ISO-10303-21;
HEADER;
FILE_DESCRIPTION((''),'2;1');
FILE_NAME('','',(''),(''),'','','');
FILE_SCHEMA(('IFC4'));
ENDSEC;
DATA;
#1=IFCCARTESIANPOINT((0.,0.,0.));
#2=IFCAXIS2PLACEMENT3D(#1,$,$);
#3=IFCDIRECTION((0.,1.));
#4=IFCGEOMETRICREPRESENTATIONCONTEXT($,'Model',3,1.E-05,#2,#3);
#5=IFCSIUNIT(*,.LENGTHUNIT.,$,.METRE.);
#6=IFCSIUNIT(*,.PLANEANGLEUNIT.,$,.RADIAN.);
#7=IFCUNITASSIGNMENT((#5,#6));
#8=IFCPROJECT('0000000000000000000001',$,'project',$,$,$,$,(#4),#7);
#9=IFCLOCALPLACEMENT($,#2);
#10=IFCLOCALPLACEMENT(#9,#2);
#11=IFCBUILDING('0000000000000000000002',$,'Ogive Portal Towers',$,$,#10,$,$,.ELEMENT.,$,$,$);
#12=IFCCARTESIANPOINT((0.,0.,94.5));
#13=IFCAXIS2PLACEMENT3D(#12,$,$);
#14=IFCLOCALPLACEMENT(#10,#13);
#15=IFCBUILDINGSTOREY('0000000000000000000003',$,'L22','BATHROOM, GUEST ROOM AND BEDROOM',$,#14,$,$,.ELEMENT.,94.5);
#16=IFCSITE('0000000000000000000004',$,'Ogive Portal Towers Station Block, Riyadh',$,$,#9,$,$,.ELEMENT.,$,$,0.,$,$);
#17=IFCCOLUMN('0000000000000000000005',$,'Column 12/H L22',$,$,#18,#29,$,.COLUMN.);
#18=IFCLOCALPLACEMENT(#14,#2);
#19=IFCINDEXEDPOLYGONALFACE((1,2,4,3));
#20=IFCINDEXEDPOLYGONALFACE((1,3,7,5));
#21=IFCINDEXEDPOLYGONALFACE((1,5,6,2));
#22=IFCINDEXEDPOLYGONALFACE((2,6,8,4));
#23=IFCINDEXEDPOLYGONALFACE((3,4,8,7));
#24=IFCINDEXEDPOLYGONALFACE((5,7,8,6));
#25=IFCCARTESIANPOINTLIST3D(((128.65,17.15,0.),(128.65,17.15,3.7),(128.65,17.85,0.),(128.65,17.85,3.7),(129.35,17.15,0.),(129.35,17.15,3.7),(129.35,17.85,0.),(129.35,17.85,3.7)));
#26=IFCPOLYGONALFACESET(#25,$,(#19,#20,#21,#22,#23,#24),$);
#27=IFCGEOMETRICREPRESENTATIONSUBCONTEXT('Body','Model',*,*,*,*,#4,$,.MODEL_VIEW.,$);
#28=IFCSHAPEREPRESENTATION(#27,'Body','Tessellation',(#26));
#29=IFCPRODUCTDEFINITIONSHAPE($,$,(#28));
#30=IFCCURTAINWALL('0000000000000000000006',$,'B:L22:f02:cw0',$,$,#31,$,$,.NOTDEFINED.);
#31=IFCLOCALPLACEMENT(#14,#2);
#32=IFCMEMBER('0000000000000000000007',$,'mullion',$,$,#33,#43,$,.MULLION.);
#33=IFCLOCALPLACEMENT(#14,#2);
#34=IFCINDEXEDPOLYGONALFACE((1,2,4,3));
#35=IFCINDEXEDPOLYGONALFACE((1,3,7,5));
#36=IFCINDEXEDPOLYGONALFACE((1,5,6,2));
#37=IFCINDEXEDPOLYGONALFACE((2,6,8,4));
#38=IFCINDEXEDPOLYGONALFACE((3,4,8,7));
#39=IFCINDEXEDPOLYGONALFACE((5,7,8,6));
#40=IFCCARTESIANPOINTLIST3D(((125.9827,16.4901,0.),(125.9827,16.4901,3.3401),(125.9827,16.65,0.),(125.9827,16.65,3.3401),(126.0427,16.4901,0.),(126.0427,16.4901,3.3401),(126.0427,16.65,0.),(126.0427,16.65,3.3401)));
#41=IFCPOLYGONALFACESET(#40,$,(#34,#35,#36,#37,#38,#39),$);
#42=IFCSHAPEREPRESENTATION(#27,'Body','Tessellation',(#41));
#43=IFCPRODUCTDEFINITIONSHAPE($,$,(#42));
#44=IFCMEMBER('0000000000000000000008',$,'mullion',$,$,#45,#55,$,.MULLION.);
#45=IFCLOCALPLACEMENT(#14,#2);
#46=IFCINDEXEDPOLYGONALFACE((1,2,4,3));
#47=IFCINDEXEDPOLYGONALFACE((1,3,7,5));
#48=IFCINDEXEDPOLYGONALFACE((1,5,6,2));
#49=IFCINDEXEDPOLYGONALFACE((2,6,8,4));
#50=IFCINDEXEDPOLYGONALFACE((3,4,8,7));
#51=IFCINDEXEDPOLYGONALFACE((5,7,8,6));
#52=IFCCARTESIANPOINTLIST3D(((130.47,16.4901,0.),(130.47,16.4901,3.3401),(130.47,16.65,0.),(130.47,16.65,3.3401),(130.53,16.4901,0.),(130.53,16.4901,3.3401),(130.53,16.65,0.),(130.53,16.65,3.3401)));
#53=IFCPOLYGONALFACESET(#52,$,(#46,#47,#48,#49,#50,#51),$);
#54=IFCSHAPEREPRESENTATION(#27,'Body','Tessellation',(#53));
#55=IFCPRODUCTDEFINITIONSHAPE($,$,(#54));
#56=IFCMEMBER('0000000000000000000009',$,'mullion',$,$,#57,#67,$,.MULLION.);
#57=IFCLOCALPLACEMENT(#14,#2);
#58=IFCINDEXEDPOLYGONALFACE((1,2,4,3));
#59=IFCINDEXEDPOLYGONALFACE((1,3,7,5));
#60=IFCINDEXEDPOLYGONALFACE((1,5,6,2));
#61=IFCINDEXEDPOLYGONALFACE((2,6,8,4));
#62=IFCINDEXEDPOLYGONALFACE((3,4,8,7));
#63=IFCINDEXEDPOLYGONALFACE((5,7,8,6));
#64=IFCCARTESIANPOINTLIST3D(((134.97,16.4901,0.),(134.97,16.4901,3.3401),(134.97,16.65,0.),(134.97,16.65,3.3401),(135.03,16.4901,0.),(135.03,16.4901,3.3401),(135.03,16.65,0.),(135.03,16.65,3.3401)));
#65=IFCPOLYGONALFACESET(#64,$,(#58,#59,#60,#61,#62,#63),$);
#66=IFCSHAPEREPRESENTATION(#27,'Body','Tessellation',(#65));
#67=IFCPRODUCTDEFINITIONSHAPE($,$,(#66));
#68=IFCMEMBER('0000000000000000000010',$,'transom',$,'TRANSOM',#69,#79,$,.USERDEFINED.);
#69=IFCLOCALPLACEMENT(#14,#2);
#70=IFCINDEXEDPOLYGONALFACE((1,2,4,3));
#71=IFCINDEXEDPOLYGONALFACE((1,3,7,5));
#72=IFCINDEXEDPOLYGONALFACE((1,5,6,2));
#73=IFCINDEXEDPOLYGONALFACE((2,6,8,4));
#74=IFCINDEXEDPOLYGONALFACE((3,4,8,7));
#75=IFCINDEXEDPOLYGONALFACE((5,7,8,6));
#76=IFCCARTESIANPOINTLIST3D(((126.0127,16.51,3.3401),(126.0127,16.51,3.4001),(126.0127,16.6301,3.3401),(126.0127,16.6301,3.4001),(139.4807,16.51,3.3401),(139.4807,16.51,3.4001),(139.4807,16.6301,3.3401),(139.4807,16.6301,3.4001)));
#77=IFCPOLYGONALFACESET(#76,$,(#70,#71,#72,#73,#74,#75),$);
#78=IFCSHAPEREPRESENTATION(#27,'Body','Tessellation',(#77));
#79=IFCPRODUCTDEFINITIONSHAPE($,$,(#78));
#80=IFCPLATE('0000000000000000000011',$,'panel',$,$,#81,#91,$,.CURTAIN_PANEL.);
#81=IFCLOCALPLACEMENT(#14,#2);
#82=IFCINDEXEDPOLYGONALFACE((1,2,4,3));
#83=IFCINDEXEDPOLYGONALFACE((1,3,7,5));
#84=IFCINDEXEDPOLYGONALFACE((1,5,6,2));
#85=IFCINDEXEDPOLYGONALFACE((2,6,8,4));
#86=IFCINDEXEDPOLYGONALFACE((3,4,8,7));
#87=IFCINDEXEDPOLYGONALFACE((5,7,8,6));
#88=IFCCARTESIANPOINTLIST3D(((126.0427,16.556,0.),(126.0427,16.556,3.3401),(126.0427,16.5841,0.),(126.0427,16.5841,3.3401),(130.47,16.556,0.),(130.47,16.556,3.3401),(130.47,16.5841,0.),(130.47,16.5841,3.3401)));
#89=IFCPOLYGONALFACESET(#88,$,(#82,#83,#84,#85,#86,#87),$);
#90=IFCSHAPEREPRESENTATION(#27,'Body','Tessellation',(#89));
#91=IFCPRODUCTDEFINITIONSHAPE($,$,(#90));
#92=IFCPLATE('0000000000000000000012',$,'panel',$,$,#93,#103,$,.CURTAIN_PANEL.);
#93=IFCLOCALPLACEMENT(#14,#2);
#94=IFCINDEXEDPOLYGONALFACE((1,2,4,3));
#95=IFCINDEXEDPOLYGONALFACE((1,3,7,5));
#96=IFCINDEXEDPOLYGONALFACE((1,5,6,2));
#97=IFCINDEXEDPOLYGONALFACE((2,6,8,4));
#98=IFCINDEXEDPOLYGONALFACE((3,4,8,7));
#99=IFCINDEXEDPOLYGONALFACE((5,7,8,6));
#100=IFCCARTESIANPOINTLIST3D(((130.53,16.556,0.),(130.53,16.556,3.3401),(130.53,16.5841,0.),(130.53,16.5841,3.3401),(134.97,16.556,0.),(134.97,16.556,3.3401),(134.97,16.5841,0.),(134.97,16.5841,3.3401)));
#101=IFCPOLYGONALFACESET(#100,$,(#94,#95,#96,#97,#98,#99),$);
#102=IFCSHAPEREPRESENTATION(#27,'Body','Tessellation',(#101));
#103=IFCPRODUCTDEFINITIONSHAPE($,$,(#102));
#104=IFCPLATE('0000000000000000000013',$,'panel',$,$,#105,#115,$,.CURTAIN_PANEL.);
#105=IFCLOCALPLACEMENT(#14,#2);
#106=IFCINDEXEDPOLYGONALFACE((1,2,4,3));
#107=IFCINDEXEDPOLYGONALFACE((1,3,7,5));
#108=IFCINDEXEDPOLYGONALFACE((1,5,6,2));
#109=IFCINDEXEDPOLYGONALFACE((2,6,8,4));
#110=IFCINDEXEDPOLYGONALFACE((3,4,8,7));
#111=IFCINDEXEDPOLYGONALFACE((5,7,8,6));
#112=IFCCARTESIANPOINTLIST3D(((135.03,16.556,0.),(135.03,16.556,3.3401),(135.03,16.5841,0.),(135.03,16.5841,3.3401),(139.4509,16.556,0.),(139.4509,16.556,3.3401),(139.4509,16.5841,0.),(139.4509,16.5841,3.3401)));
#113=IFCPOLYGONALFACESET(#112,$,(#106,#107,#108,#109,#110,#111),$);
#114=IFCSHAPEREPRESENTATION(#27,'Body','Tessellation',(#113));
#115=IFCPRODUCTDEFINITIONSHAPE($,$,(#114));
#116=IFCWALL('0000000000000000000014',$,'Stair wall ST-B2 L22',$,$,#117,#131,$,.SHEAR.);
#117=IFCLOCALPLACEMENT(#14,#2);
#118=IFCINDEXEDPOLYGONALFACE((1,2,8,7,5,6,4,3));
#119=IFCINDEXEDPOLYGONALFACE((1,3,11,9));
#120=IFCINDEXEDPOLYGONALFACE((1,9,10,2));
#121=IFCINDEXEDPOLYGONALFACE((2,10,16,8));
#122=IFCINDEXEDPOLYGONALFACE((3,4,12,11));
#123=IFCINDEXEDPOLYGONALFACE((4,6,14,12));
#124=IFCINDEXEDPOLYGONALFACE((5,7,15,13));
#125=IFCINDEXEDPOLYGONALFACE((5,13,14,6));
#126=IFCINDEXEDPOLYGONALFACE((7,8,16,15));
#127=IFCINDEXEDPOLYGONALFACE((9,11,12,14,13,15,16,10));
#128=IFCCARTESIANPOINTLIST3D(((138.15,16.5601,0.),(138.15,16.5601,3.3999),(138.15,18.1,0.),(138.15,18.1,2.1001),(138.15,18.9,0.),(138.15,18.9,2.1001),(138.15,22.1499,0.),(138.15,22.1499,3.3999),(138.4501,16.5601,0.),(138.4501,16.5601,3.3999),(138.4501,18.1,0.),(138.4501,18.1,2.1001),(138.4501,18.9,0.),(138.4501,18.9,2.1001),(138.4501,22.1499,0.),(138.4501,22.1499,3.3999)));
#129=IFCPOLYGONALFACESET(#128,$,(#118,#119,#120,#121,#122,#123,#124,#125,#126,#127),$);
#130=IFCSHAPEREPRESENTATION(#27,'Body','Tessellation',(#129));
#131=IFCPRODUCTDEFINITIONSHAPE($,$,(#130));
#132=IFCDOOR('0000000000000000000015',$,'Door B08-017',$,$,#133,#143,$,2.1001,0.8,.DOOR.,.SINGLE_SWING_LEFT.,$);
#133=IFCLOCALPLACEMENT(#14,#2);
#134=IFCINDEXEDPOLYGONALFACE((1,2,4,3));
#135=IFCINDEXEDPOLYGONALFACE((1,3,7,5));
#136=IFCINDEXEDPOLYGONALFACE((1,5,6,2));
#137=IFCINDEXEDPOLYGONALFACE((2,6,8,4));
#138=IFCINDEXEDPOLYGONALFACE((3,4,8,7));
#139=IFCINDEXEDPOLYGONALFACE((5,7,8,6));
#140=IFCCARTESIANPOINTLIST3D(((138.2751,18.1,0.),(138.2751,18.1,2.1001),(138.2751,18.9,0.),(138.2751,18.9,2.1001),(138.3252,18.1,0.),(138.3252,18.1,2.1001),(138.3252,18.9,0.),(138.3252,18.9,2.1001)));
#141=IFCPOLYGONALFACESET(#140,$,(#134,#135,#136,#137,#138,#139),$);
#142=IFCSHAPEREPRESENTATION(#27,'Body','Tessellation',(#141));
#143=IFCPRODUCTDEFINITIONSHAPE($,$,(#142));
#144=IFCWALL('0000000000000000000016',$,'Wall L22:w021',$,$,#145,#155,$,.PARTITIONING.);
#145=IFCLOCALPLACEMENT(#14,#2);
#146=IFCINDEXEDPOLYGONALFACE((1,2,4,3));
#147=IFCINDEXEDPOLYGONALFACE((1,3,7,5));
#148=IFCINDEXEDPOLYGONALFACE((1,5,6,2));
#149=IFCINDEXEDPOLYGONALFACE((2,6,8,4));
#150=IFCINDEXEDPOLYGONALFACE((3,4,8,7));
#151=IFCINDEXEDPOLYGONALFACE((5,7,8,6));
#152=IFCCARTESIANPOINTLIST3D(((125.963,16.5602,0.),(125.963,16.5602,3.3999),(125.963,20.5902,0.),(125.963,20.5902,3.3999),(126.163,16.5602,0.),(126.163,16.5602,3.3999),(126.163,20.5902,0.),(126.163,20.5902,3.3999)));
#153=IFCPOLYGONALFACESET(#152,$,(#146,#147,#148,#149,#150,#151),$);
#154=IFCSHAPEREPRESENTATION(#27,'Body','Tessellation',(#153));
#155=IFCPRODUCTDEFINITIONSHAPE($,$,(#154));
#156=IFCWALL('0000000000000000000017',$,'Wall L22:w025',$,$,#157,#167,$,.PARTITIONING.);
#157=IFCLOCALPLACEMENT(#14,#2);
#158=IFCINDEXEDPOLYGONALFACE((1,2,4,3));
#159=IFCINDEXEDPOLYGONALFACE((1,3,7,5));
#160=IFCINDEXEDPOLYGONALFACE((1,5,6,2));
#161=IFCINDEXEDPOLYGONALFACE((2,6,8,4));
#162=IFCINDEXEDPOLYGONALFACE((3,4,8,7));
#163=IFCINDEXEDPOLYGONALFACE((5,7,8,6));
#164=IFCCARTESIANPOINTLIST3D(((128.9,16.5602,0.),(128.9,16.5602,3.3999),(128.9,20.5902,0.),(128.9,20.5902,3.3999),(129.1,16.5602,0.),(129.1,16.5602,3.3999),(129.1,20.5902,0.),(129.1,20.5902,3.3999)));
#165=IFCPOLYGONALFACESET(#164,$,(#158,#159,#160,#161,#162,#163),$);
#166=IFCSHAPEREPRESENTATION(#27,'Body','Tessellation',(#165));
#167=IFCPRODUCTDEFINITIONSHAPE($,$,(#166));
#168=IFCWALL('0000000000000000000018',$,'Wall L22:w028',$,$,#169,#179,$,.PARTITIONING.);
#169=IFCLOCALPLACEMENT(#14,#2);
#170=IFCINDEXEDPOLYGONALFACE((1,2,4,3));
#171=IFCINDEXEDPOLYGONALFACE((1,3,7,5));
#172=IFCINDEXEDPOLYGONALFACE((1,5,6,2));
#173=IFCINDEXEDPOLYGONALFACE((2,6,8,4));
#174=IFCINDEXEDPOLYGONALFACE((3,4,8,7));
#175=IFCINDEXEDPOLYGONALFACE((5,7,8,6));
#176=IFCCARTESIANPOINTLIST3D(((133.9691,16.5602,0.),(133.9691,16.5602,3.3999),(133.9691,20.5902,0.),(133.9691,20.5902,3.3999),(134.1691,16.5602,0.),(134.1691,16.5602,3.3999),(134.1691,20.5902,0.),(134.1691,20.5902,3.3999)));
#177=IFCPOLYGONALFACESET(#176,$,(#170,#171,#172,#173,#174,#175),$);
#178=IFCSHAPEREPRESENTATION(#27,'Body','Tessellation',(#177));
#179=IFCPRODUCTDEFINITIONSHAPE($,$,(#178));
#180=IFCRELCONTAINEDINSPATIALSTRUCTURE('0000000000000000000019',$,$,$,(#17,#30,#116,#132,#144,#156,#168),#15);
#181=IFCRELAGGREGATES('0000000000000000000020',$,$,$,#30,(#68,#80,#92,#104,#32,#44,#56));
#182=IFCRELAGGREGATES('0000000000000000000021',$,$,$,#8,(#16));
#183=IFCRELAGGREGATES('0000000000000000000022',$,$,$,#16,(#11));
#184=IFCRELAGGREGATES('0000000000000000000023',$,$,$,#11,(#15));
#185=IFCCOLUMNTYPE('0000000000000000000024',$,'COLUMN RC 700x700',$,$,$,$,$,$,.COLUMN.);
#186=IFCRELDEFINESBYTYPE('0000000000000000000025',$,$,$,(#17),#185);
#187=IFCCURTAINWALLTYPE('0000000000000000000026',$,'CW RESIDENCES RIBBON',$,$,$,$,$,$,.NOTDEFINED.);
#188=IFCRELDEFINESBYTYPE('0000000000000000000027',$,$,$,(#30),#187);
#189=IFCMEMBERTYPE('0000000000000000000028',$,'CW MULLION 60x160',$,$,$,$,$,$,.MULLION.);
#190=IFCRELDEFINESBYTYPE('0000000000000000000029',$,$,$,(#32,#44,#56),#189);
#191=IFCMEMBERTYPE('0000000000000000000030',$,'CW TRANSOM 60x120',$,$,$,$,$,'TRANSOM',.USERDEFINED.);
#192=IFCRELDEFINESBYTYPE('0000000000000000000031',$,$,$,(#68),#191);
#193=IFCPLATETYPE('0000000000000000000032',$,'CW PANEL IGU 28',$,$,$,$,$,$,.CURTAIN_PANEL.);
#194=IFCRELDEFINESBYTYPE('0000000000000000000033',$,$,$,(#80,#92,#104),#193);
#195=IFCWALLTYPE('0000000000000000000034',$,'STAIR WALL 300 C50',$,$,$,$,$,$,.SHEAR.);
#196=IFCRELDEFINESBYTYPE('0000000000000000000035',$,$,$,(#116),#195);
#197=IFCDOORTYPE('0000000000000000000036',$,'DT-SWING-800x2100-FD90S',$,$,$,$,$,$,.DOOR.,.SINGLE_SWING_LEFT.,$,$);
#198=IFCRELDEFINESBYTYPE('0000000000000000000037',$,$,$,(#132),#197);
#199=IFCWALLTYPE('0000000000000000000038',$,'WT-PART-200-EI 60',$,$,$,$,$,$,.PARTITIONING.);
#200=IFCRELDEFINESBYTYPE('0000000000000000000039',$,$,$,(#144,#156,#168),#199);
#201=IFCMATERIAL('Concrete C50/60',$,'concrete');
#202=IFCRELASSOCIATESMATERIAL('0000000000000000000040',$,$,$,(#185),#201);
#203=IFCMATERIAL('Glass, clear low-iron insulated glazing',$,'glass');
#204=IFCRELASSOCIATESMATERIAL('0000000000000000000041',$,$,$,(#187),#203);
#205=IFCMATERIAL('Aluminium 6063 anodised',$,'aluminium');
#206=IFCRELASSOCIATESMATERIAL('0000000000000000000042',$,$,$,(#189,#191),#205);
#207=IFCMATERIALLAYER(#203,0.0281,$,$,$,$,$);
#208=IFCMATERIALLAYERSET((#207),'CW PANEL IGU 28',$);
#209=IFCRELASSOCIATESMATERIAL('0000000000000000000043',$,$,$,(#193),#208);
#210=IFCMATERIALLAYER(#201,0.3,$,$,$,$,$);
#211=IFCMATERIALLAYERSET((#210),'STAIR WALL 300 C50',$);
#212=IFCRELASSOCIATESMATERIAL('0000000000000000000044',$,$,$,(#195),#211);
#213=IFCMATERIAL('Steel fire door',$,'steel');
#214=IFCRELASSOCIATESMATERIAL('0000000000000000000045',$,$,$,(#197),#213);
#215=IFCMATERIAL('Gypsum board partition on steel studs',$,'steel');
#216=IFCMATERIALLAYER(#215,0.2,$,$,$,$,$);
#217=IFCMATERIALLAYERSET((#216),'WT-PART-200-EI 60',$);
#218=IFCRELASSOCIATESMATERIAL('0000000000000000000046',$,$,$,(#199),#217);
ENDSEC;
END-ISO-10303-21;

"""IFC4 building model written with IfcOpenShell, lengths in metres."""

from ifc_helpers import new_model, si_unit, direction, frame, frame_2d, origin, origin_2d, place, context, subcontext, project, spatial, rectangle, extrude, material, layer, layer_set, material_profile, profile_set, type_object, element, fill, aggregate, save


model = new_model("IFC4")

# Units and contexts
model_context = context("Model", 3, precision=1e-05, world=origin(), true_north=direction((0.0, 1.0)))
body_context = subcontext(model_context, "Body", "Model", "MODEL_VIEW")
ifc_project = project(units=[si_unit("LENGTHUNIT", "METRE"), si_unit("PLANEANGLEUNIT", "RADIAN")], contexts=[model_context])

# Site, building, storey
site_placement = place(None, origin())
site = spatial("IfcSite", under=ifc_project, at=site_placement, Name="Ogive Portal Towers Station Block, Riyadh", CompositionType="ELEMENT", RefElevation=0.0)
building_placement = place(site_placement, origin())
building = spatial("IfcBuilding", under=site, at=building_placement, Name="Ogive Portal Towers", CompositionType="ELEMENT")
storey_placement = place(building_placement, frame((0.0, 0.0, 94.5)))
storey = spatial("IfcBuildingStorey", under=building, at=storey_placement, Name="L22", Description="BATHROOM, GUEST ROOM AND BEDROOM", CompositionType="ELEMENT", Elevation=94.5)

# Column
ifc_material_1 = material(Name="Concrete C50/60", Category="concrete")
ifc_material_profile_1 = material_profile(ifc_material_1, rectangle(XDim=0.7, YDim=0.7, at=origin_2d()), Name="RC 700x700")
ifc_profile_set_1 = profile_set([ifc_material_profile_1], Name="Concrete C50/60")
column_type = type_object("IfcColumnType", Name="COLUMN RC 700x700", PredefinedType="COLUMN", material=ifc_profile_set_1)
column_placement = place(storey_placement, frame((129.0, 17.5, 0.0), z_axis=(0.0, 0.0, 1.0), x_axis=(1.0, 0.0, 0.0)))
element("IfcColumn", 1, at=column_placement, inside=storey, type_object=column_type, Name="Column 12/H L22", PredefinedType="COLUMN", context=body_context, shape_type="SweptSolid", body=[
    extrude(rectangle(XDim=0.7, YDim=0.7, at=origin_2d()), origin(), (0.0, 0.0, 1.0), 3.7),
])

# Curtain wall, members, plates
ifc_material_2 = material(Name="Glass, clear low-iron insulated glazing", Category="glass")
curtain_wall_type = type_object("IfcCurtainWallType", Name="CW RESIDENCES RIBBON", PredefinedType="NOTDEFINED", material=ifc_material_2)
curtain_wall_placement = place(storey_placement, origin())
curtain_wall = element("IfcCurtainWall", 2, at=curtain_wall_placement, inside=storey, type_object=curtain_wall_type, Name="B:L22:f02:cw0", PredefinedType="NOTDEFINED")
ifc_material_3 = material(Name="Aluminium 6063 anodised", Category="aluminium")
ifc_material_profile_2 = material_profile(ifc_material_3, rectangle(XDim=0.1599, YDim=0.0601, at=origin_2d()), Name="AL 60x160")
ifc_profile_set_2 = profile_set([ifc_material_profile_2], Name="Aluminium 6063 anodised")
member_type_1 = type_object("IfcMemberType", Name="CW MULLION 60x160", PredefinedType="MULLION", material=ifc_profile_set_2)
member_1_placement = place(storey_placement, frame((126.0127, 16.5701, 0.0), z_axis=(0.0, 0.0, 1.0), x_axis=(0.0, 1.0, 0.0)))
member_1 = element("IfcMember", 3, at=member_1_placement, type_object=member_type_1, Name="mullion", PredefinedType="MULLION", context=body_context, shape_type="SweptSolid", body=[
    extrude(rectangle(XDim=0.1599, YDim=0.0601, at=origin_2d()), origin(), (0.0, 0.0, 1.0), 3.3401),
])
member_2_placement = place(storey_placement, frame((130.5, 16.5701, 0.0), z_axis=(0.0, 0.0, 1.0), x_axis=(0.0, 1.0, 0.0)))
member_2 = element("IfcMember", 4, at=member_2_placement, type_object=member_type_1, Name="mullion", PredefinedType="MULLION", context=body_context, shape_type="SweptSolid", body=[
    extrude(rectangle(XDim=0.1599, YDim=0.0601, at=origin_2d()), origin(), (0.0, 0.0, 1.0), 3.3401),
])
member_3_placement = place(storey_placement, frame((135.0, 16.5701, 0.0), z_axis=(0.0, 0.0, 1.0), x_axis=(0.0, 1.0, 0.0)))
member_3 = element("IfcMember", 5, at=member_3_placement, type_object=member_type_1, Name="mullion", PredefinedType="MULLION", context=body_context, shape_type="SweptSolid", body=[
    extrude(rectangle(XDim=0.1599, YDim=0.0601, at=origin_2d()), origin(), (0.0, 0.0, 1.0), 3.3401),
])
ifc_material_profile_3 = material_profile(ifc_material_3, rectangle(XDim=0.1201, YDim=0.0601, at=origin_2d()), Name="AL 120x60")
ifc_profile_set_3 = profile_set([ifc_material_profile_3], Name="Aluminium 6063 anodised")
member_type_2 = type_object("IfcMemberType", Name="CW TRANSOM 60x120", ElementType="TRANSOM", PredefinedType="USERDEFINED", material=ifc_profile_set_3)
member_4_placement = place(storey_placement, frame((126.0127, 16.5701, 3.3701), z_axis=(1.0, 0.0, 0.0), x_axis=(0.0, 1.0, 0.0)))
member_4 = element("IfcMember", 6, at=member_4_placement, type_object=member_type_2, Name="transom", ObjectType="TRANSOM", PredefinedType="USERDEFINED", context=body_context, shape_type="SweptSolid", body=[
    extrude(rectangle(XDim=0.1201, YDim=0.0601, at=origin_2d()), origin(), (0.0, 0.0, 1.0), 13.468),
])
ifc_layer_1 = layer(ifc_material_2, 0.0281)
ifc_layer_set_1 = layer_set([ifc_layer_1], Name="CW PANEL IGU 28")
plate_type = type_object("IfcPlateType", Name="CW PANEL IGU 28", PredefinedType="CURTAIN_PANEL", material=ifc_layer_set_1)
plate_1_placement = place(storey_placement, frame((128.2563, 16.5701, 0.0), z_axis=(0.0, 0.0, 1.0), x_axis=(1.0, 0.0, 0.0)))
plate_1 = element("IfcPlate", 7, at=plate_1_placement, type_object=plate_type, Name="panel", PredefinedType="CURTAIN_PANEL", context=body_context, shape_type="SweptSolid", body=[
    extrude(rectangle(XDim=4.4272, YDim=0.0281, at=origin_2d()), origin(), (0.0, 0.0, 1.0), 3.3401),
])
plate_2_placement = place(storey_placement, frame((132.75, 16.5701, 0.0), z_axis=(0.0, 0.0, 1.0), x_axis=(1.0, 0.0, 0.0)))
plate_2 = element("IfcPlate", 8, at=plate_2_placement, type_object=plate_type, Name="panel", PredefinedType="CURTAIN_PANEL", context=body_context, shape_type="SweptSolid", body=[
    extrude(rectangle(XDim=4.4399, YDim=0.0281, at=origin_2d()), origin(), (0.0, 0.0, 1.0), 3.3401),
])
plate_3_placement = place(storey_placement, frame((137.2405, 16.5701, 0.0), z_axis=(0.0, 0.0, 1.0), x_axis=(1.0, 0.0, 0.0)))
plate_3 = element("IfcPlate", 9, at=plate_3_placement, type_object=plate_type, Name="panel", PredefinedType="CURTAIN_PANEL", context=body_context, shape_type="SweptSolid", body=[
    extrude(rectangle(XDim=4.4209, YDim=0.0281, at=origin_2d()), origin(), (0.0, 0.0, 1.0), 3.3401),
])
aggregate(curtain_wall, [member_4, plate_1, plate_2, plate_3, member_1, member_2, member_3])

# Wall, opening, door
ifc_layer_2 = layer(ifc_material_1, 0.3)
ifc_layer_set_2 = layer_set([ifc_layer_2], Name="STAIR WALL 300 C50")
wall_type_1 = type_object("IfcWallType", Name="STAIR WALL 300 C50", PredefinedType="SHEAR", material=ifc_layer_set_2)
wall_1_placement = place(storey_placement, frame((138.3, 16.5601, 0.0), z_axis=(0.0, 0.0, 1.0), x_axis=(0.0, 1.0, 0.0)))
wall_1 = element("IfcWall", 10, at=wall_1_placement, inside=storey, type_object=wall_type_1, Name="Stair wall ST-B2 L22", PredefinedType="SHEAR", context=body_context, shape_type="SweptSolid", body=[
    extrude(rectangle(XDim=5.5898, YDim=0.3, at=frame_2d((2.7949, 0.0))), origin(), (0.0, 0.0, 1.0), 3.3999),
])
opening_placement = place(wall_1_placement, frame((1.54, 0.0, 0.0)))
opening = element("IfcOpeningElement", 11, at=opening_placement, cuts=wall_1, PredefinedType="OPENING", context=body_context, shape_type="SweptSolid", body=[
    extrude(rectangle(XDim=0.8, YDim=2.1001, at=frame_2d((0.3999, 1.05))), frame((0.0, 0.1602, 0.0), z_axis=(0.0, -1.0, 0.0), x_axis=(1.0, 0.0, 0.0)), (0.0, 0.0, 1.0), 0.3201),
])
ifc_material_4 = material(Name="Steel fire door", Category="steel")
door_type = type_object("IfcDoorType", Name="DT-SWING-800x2100-FD90S", OperationType="SINGLE_SWING_LEFT", PredefinedType="DOOR", material=ifc_material_4)
door_placement = place(opening_placement, origin())
door = element("IfcDoor", 12, at=door_placement, inside=storey, type_object=door_type, Name="Door B08-017", OperationType="SINGLE_SWING_LEFT", OverallHeight=2.1001, OverallWidth=0.8, PredefinedType="DOOR", context=body_context, shape_type="SweptSolid", body=[
    extrude(rectangle(XDim=0.8, YDim=2.1001, at=frame_2d((0.3999, 1.05))), frame((0.0, 0.0249, 0.0), z_axis=(0.0, -1.0, 0.0), x_axis=(1.0, 0.0, 0.0)), (0.0, 0.0, 1.0), 0.05),
])
fill(opening, door)

# Walls
ifc_material_5 = material(Name="Gypsum board partition on steel studs", Category="steel")
ifc_layer_3 = layer(ifc_material_5, 0.2)
ifc_layer_set_3 = layer_set([ifc_layer_3], Name="WT-PART-200-EI 60")
wall_type_2 = type_object("IfcWallType", Name="WT-PART-200-EI 60", PredefinedType="PARTITIONING", material=ifc_layer_set_3)
for number, where, z_axis, x_axis, name in (
    (13, (126.063, 16.5601, 0.0), (0.0, 0.0, 1.0), (0.0, 1.0, 0.0), "Wall L22:w021"),
    (14, (129.0, 16.5601, 0.0), (0.0, 0.0, 1.0), (0.0, 1.0, 0.0), "Wall L22:w025"),
    (15, (134.0691, 16.5601, 0.0), (0.0, 0.0, 1.0), (0.0, 1.0, 0.0), "Wall L22:w028"),
):
    element("IfcWall", number, at=place(storey_placement, frame(where, z_axis=z_axis, x_axis=x_axis)), inside=storey, type_object=wall_type_2, Name=name, PredefinedType="PARTITIONING", context=body_context, shape_type="SweptSolid", body=[
        extrude(rectangle(XDim=4.03, YDim=0.2, at=frame_2d((2.0151, 0.0))), origin(), (0.0, 0.0, 1.0), 3.3999),
    ])

save(model, "model.ifc")
